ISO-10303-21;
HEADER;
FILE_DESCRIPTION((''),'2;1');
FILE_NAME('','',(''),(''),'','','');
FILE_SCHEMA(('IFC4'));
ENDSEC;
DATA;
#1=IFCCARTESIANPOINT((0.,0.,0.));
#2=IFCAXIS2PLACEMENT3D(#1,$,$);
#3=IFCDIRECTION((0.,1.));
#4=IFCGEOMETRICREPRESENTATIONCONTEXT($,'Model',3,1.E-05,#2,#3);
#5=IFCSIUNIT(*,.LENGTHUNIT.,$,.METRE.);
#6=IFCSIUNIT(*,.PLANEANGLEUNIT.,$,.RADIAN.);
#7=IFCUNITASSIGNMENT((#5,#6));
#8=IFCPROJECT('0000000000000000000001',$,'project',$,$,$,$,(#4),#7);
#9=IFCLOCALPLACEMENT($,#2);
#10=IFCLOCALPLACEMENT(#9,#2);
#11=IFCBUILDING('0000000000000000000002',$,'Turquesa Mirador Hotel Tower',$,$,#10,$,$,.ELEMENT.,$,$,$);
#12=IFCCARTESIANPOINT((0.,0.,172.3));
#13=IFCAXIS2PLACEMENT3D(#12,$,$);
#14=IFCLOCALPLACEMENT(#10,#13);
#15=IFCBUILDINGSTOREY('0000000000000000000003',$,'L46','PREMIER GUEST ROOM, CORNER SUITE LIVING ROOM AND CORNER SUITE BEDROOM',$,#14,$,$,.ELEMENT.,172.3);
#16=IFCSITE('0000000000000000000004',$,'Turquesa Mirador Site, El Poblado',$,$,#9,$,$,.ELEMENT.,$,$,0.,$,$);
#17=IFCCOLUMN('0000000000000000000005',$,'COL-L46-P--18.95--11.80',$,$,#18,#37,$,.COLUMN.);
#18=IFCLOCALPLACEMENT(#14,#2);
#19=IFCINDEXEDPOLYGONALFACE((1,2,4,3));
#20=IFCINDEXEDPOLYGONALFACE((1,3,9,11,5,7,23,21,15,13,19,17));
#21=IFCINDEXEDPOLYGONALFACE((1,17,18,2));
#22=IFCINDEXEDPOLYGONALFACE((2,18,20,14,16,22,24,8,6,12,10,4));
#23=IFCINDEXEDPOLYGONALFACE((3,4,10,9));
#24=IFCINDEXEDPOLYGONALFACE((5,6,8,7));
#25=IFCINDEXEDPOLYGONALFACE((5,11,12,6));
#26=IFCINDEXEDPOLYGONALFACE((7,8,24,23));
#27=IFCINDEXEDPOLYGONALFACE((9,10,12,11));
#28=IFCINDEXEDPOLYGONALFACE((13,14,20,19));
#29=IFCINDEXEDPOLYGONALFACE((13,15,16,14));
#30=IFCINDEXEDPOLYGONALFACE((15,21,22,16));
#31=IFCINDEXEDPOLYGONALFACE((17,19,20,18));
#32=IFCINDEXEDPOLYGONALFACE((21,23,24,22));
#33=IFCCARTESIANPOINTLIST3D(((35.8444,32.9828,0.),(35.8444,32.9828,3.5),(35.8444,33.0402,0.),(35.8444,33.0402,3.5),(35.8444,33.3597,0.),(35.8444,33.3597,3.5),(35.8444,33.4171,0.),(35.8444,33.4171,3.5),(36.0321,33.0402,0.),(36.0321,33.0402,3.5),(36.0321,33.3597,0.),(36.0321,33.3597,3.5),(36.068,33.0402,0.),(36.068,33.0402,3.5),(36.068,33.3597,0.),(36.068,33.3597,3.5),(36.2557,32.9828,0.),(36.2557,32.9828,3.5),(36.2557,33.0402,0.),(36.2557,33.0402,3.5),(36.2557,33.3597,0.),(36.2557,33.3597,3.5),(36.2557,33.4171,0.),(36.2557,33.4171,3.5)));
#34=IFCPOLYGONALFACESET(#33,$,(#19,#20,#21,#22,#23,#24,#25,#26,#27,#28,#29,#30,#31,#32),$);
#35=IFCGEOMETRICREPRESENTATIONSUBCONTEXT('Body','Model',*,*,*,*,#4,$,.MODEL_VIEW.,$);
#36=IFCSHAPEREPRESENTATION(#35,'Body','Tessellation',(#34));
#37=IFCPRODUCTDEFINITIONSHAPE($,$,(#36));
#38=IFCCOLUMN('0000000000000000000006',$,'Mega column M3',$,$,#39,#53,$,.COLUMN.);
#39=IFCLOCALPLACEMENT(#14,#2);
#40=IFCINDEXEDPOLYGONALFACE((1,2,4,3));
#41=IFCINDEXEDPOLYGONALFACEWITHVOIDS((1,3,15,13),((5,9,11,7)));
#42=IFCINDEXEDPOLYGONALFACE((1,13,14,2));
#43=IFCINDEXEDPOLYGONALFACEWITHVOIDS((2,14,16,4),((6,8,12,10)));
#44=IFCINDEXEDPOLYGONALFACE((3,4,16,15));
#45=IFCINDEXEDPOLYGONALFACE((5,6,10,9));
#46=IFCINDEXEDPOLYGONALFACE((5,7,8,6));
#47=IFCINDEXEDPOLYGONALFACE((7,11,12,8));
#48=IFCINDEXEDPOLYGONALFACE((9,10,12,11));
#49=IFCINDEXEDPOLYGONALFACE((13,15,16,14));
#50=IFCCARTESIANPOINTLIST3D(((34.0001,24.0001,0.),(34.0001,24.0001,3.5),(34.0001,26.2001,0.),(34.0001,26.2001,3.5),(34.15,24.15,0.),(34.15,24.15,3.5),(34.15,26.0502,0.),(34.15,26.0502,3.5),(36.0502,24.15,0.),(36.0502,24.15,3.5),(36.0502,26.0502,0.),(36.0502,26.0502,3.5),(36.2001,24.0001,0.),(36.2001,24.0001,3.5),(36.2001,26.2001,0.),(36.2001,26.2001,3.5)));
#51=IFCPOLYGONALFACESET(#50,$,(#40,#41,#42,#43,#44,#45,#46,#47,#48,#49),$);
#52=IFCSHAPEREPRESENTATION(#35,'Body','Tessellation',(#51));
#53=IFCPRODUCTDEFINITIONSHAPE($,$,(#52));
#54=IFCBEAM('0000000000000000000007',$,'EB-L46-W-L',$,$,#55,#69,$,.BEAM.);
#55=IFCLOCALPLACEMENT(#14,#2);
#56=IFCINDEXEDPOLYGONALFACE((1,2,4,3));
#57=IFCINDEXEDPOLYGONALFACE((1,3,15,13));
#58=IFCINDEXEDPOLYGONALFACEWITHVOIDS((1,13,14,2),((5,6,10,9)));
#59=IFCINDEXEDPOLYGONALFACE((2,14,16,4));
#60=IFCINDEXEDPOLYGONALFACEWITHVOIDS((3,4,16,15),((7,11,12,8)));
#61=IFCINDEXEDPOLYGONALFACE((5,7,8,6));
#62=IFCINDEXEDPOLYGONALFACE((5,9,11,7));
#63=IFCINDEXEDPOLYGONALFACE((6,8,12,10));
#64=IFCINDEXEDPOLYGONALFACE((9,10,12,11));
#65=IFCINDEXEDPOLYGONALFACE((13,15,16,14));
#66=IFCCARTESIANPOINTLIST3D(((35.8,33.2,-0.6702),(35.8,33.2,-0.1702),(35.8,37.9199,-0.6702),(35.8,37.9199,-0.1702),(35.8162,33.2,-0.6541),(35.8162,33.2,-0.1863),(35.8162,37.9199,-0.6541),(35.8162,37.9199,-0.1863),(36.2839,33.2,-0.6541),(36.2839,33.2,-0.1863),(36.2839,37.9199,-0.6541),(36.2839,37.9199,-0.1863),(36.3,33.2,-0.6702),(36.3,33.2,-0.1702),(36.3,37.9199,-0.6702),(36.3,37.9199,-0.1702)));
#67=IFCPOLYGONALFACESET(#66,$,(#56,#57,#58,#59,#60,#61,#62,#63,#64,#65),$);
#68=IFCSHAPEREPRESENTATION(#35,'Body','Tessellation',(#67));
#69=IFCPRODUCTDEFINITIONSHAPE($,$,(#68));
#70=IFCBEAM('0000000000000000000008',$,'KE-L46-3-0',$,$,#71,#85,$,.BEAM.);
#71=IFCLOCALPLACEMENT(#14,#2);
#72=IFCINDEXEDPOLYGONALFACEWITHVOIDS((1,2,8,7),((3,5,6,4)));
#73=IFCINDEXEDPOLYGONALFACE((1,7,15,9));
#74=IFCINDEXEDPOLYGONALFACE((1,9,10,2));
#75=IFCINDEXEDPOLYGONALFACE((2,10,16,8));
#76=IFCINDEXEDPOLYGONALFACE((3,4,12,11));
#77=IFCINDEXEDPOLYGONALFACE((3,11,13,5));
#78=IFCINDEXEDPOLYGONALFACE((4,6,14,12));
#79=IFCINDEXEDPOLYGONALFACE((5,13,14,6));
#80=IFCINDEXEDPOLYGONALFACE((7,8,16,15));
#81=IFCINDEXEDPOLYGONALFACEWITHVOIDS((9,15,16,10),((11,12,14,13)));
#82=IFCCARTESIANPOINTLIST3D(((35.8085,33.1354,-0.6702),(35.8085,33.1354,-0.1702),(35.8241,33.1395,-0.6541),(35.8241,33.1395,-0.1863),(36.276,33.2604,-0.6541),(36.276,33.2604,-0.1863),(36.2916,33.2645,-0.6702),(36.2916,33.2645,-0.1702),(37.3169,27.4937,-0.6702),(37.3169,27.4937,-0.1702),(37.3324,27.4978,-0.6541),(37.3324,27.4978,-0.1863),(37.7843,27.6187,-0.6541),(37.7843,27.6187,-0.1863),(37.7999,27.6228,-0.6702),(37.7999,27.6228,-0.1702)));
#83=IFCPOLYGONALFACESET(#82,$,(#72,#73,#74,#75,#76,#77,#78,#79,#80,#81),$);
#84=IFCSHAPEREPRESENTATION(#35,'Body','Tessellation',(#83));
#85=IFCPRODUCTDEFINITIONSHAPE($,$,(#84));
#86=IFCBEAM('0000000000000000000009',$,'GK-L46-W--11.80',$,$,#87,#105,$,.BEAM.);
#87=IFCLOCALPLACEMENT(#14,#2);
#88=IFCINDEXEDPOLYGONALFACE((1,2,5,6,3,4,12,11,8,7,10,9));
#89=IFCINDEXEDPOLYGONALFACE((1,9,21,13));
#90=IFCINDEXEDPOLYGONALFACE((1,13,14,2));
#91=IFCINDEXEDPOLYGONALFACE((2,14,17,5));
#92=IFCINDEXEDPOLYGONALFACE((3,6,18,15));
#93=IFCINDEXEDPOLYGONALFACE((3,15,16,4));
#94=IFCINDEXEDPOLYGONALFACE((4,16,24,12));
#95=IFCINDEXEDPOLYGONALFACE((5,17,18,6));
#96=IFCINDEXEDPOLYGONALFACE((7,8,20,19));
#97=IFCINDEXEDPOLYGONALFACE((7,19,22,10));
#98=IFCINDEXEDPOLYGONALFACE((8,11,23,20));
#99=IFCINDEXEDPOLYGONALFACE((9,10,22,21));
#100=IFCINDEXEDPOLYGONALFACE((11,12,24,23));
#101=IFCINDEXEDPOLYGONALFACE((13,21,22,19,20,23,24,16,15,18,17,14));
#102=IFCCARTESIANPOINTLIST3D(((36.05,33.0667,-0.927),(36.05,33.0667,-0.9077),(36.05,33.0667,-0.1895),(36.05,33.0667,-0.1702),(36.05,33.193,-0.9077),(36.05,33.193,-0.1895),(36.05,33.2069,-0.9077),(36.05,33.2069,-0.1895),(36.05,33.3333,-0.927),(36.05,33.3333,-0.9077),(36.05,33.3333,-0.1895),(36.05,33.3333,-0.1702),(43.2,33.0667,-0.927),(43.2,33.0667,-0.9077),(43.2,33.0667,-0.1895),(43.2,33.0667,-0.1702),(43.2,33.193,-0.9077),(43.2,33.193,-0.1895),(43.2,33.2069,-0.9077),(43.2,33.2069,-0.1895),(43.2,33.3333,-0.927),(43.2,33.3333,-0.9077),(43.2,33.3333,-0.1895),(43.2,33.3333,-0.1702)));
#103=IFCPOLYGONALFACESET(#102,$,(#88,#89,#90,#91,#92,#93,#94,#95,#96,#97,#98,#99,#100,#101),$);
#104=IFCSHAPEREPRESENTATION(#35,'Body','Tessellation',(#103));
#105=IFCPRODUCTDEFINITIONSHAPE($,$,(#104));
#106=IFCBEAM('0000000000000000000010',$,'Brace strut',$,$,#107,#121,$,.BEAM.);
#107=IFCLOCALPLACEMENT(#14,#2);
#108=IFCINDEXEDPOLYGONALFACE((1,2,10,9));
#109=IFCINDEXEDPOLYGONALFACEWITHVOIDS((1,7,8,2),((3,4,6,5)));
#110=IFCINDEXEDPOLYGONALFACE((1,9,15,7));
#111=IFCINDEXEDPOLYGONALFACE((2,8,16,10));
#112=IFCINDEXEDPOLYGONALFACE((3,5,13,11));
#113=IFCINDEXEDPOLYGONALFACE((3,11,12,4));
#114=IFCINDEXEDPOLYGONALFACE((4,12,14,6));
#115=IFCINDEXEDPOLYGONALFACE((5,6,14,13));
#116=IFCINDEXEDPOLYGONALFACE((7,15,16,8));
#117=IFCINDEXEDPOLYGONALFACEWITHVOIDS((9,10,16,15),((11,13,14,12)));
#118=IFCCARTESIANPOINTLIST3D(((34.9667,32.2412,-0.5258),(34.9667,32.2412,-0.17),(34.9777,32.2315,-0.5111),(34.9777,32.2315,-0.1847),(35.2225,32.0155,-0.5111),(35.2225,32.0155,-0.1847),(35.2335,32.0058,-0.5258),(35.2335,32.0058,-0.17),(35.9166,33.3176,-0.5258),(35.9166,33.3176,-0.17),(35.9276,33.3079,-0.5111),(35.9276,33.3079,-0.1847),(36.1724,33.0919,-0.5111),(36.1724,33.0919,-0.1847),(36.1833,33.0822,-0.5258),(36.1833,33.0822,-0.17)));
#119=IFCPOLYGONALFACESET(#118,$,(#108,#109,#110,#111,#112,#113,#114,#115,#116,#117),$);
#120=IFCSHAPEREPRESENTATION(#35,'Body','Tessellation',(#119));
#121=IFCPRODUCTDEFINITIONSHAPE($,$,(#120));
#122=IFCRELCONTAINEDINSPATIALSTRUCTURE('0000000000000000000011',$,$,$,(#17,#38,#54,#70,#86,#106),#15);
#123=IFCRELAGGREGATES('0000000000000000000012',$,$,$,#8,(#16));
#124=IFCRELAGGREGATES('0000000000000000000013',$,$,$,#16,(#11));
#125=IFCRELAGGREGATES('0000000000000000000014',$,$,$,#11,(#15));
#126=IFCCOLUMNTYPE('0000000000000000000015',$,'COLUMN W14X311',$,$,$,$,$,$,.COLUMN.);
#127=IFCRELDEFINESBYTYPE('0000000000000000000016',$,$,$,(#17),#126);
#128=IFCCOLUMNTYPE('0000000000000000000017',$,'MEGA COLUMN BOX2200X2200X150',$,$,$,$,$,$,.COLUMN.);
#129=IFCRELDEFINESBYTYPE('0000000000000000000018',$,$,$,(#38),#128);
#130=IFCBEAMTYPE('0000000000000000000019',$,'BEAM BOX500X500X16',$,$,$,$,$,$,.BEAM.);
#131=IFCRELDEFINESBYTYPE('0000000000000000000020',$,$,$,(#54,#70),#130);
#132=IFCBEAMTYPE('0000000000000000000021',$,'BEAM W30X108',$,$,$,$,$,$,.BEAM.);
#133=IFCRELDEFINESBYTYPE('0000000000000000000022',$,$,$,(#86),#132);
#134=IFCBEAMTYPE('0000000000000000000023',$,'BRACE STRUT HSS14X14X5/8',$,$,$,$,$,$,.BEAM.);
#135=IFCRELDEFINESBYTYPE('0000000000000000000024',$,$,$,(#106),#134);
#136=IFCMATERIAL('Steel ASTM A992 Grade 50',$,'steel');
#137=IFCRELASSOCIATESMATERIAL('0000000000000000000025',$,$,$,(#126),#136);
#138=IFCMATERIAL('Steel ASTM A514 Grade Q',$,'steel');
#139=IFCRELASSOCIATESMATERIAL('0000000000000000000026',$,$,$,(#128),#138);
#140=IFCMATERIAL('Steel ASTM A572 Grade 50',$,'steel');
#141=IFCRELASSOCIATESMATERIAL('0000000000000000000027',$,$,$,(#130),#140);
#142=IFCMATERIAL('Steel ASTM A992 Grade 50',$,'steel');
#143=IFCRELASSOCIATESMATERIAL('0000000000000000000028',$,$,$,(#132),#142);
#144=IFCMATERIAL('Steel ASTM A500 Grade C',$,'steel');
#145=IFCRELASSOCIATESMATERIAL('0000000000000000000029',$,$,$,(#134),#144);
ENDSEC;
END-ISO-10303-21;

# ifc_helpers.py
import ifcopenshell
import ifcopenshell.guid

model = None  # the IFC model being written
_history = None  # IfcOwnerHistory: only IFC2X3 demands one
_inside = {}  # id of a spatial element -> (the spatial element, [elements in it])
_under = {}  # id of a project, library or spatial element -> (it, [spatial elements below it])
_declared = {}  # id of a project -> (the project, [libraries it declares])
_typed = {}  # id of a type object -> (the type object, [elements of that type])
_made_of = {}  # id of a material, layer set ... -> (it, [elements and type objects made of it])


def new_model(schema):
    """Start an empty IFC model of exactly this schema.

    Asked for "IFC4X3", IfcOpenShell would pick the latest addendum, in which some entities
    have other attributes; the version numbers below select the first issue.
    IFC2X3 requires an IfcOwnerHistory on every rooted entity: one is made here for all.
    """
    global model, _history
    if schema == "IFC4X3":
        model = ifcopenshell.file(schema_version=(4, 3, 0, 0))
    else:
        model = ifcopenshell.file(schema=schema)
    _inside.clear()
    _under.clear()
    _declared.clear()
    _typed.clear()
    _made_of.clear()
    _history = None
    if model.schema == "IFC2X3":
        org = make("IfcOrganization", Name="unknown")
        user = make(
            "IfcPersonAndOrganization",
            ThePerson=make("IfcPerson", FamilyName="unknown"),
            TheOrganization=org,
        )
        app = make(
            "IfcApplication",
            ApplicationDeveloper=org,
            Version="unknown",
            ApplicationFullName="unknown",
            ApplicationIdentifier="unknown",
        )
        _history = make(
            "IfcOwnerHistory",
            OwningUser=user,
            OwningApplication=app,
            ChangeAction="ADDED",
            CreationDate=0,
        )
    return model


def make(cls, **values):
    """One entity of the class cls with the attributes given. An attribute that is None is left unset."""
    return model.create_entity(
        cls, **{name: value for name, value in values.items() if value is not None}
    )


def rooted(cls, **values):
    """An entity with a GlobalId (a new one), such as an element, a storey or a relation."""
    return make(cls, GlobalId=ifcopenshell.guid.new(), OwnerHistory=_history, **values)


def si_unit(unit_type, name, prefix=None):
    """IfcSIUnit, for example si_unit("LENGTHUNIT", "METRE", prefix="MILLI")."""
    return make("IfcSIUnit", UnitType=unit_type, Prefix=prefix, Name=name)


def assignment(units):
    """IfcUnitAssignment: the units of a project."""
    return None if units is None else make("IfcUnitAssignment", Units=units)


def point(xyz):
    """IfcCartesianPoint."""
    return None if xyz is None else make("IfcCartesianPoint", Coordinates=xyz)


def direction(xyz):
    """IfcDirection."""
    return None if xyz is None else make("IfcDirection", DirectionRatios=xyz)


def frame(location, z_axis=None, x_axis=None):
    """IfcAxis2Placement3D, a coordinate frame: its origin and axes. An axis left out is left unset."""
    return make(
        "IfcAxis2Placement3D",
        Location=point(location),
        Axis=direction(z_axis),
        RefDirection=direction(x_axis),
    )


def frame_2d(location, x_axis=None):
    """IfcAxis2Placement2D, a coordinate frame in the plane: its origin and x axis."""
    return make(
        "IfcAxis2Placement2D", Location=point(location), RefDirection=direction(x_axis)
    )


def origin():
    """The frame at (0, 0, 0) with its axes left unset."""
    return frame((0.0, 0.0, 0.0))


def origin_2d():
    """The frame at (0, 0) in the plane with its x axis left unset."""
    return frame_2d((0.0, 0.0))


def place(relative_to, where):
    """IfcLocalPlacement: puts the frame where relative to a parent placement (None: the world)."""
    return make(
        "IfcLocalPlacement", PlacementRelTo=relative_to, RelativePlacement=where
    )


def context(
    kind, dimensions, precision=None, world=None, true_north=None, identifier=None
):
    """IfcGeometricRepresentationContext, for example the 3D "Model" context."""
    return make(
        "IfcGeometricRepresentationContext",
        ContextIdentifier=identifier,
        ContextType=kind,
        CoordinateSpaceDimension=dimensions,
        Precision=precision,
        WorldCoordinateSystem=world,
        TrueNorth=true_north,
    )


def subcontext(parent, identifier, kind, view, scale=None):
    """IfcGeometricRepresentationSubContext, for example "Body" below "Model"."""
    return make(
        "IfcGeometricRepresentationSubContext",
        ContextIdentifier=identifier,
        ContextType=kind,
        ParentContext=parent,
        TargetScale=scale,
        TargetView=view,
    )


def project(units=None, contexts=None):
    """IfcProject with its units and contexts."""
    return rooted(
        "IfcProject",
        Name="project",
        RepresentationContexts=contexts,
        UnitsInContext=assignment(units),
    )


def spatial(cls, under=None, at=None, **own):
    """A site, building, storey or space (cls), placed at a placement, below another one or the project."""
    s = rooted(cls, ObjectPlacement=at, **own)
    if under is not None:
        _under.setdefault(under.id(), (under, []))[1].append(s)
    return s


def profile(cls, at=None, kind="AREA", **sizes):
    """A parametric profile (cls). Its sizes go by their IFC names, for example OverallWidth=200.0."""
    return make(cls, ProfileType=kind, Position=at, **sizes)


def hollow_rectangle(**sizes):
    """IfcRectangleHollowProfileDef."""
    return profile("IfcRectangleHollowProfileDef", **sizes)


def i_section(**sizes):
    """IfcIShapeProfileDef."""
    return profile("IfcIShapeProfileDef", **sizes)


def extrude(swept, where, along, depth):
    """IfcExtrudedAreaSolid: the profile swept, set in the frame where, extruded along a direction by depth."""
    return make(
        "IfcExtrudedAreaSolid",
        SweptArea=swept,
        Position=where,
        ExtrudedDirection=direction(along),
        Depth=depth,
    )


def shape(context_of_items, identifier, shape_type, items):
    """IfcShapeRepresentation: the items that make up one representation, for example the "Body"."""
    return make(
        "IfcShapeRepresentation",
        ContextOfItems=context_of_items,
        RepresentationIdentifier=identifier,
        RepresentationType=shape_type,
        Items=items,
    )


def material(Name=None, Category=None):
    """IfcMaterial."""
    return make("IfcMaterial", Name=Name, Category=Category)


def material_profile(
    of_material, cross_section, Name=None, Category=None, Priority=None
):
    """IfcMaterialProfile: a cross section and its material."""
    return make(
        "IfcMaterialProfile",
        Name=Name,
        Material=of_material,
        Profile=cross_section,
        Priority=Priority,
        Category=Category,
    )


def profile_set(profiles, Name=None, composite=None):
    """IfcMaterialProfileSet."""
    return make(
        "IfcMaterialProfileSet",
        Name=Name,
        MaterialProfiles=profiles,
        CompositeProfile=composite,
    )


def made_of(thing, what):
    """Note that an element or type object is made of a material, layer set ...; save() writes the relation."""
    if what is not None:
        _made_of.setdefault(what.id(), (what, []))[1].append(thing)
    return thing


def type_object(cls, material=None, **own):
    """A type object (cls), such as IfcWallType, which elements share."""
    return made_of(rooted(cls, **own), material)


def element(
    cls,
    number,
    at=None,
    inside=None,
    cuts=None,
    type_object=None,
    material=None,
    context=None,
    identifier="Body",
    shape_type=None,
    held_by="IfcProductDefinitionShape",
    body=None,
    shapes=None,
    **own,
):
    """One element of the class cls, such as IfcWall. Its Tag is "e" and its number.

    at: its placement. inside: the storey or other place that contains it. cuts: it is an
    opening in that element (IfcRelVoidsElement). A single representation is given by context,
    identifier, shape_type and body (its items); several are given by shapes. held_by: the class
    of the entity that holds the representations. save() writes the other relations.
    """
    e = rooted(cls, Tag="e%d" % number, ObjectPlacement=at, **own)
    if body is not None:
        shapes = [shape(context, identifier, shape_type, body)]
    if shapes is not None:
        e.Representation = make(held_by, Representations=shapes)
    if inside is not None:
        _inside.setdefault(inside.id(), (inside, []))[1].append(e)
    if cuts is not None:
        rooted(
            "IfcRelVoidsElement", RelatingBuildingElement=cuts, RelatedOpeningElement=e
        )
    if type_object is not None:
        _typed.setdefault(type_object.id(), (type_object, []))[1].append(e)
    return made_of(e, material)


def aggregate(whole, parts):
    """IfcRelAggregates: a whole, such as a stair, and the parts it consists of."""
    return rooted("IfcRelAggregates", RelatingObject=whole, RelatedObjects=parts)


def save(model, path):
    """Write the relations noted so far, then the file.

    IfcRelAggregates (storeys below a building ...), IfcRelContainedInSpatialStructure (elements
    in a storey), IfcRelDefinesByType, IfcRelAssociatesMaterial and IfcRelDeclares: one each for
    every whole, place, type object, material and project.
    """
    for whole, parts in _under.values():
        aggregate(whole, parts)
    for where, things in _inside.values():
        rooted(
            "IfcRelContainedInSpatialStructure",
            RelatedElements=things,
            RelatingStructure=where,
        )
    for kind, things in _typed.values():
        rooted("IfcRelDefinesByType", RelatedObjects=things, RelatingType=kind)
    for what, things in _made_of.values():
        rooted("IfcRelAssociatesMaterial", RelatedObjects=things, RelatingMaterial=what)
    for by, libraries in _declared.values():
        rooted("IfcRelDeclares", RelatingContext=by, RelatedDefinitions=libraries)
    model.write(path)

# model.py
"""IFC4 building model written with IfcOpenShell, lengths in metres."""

from ifc_helpers import new_model, si_unit, direction, frame, origin, origin_2d, place, context, subcontext, project, spatial, hollow_rectangle, i_section, extrude, material, material_profile, profile_set, type_object, element, save


model = new_model("IFC4")

# Units and contexts
model_context = context("Model", 3, precision=1e-05, world=origin(), true_north=direction((0.0, 1.0)))
body_context = subcontext(model_context, "Body", "Model", "MODEL_VIEW")
ifc_project = project(units=[si_unit("LENGTHUNIT", "METRE"), si_unit("PLANEANGLEUNIT", "RADIAN")], contexts=[model_context])

# Site, building, storey
site_placement = place(None, origin())
site = spatial("IfcSite", under=ifc_project, at=site_placement, Name="Turquesa Mirador Site, El Poblado", CompositionType="ELEMENT", RefElevation=0.0)
building_placement = place(site_placement, origin())
building = spatial("IfcBuilding", under=site, at=building_placement, Name="Turquesa Mirador Hotel Tower", CompositionType="ELEMENT")
storey_placement = place(building_placement, frame((0.0, 0.0, 172.3)))
storey = spatial("IfcBuildingStorey", under=building, at=storey_placement, Name="L46", Description="PREMIER GUEST ROOM, CORNER SUITE LIVING ROOM AND CORNER SUITE BEDROOM", CompositionType="ELEMENT", Elevation=172.3)

# Columns
ifc_material_1 = material(Name="Steel ASTM A992 Grade 50", Category="steel")
ifc_material_profile_1 = material_profile(ifc_material_1, i_section(OverallWidth=0.4114, OverallDepth=0.4343, WebThickness=0.0359, FlangeThickness=0.0574, at=origin_2d()), Name="W14X311")
ifc_profile_set_1 = profile_set([ifc_material_profile_1], Name="Steel ASTM A992 Grade 50")
column_type_1 = type_object("IfcColumnType", Name="COLUMN W14X311", PredefinedType="COLUMN", material=ifc_profile_set_1)
column_1_placement = place(storey_placement, frame((36.05, 33.2, 0.0), z_axis=(0.0, 0.0, 1.0), x_axis=(1.0, 0.0, 0.0)))
element("IfcColumn", 1, at=column_1_placement, inside=storey, type_object=column_type_1, Name="COL-L46-P--18.95--11.80", PredefinedType="COLUMN", context=body_context, shape_type="SweptSolid", body=[
    extrude(i_section(OverallWidth=0.4114, OverallDepth=0.4343, WebThickness=0.0359, FlangeThickness=0.0574, at=origin_2d()), origin(), (0.0, 0.0, 1.0), 3.5),
])
ifc_material_2 = material(Name="Steel ASTM A514 Grade Q", Category="steel")
ifc_material_profile_2 = material_profile(ifc_material_2, hollow_rectangle(XDim=2.2, YDim=2.2, WallThickness=0.1499, at=origin_2d()), Name="BOX2200X2200X150")
ifc_profile_set_2 = profile_set([ifc_material_profile_2], Name="Steel ASTM A514 Grade Q")
column_type_2 = type_object("IfcColumnType", Name="MEGA COLUMN BOX2200X2200X150", PredefinedType="COLUMN", material=ifc_profile_set_2)
column_2_placement = place(storey_placement, frame((35.1001, 25.1001, 0.0), z_axis=(0.0, 0.0, 1.0), x_axis=(1.0, 0.0, 0.0)))
element("IfcColumn", 2, at=column_2_placement, inside=storey, type_object=column_type_2, Name="Mega column M3", PredefinedType="COLUMN", context=body_context, shape_type="SweptSolid", body=[
    extrude(hollow_rectangle(XDim=2.2, YDim=2.2, WallThickness=0.1499, at=origin_2d()), origin(), (0.0, 0.0, 1.0), 3.5),
])

# Beams
ifc_material_3 = material(Name="Steel ASTM A572 Grade 50", Category="steel")
ifc_material_profile_3 = material_profile(ifc_material_3, hollow_rectangle(XDim=0.5, YDim=0.5, WallThickness=0.0161, at=origin_2d()), Name="BOX500X500X16")
ifc_profile_set_3 = profile_set([ifc_material_profile_3], Name="Steel ASTM A572 Grade 50")
beam_type_1 = type_object("IfcBeamType", Name="BEAM BOX500X500X16", PredefinedType="BEAM", material=ifc_profile_set_3)
beam_1_placement = place(storey_placement, frame((36.05, 33.2, -0.4202), z_axis=(0.0, 1.0, 0.0), x_axis=(-1.0, 0.0, 0.0)))
element("IfcBeam", 3, at=beam_1_placement, inside=storey, type_object=beam_type_1, Name="EB-L46-W-L", PredefinedType="BEAM", context=body_context, shape_type="SweptSolid", body=[
    extrude(hollow_rectangle(XDim=0.5, YDim=0.5, WallThickness=0.0161, at=origin_2d()), origin(), (0.0, 0.0, 1.0), 4.72),
])
beam_2_placement = place(storey_placement, frame((36.05, 33.2, -0.4202), z_axis=(0.258282, -0.96607, 0.0), x_axis=(0.96607, 0.258282, 0.0)))
element("IfcBeam", 4, at=beam_2_placement, inside=storey, type_object=beam_type_1, Name="KE-L46-3-0", PredefinedType="BEAM", context=body_context, shape_type="SweptSolid", body=[
    extrude(hollow_rectangle(XDim=0.5, YDim=0.5, WallThickness=0.0161, at=origin_2d()), origin(), (0.0, 0.0, 1.0), 5.8398),
])
ifc_material_4 = material(Name="Steel ASTM A992 Grade 50", Category="steel")
ifc_material_profile_4 = material_profile(ifc_material_4, i_section(OverallWidth=0.2666, OverallDepth=0.7568, WebThickness=0.0139, FlangeThickness=0.0193, at=origin_2d()), Name="W30X108")
ifc_profile_set_4 = profile_set([ifc_material_profile_4], Name="Steel ASTM A992 Grade 50")
beam_type_2 = type_object("IfcBeamType", Name="BEAM W30X108", PredefinedType="BEAM", material=ifc_profile_set_4)
beam_3_placement = place(storey_placement, frame((36.05, 33.2, -0.5486), z_axis=(1.0, 0.0, 0.0), x_axis=(0.0, 1.0, 0.0)))
element("IfcBeam", 5, at=beam_3_placement, inside=storey, type_object=beam_type_2, Name="GK-L46-W--11.80", PredefinedType="BEAM", context=body_context, shape_type="SweptSolid", body=[
    extrude(i_section(OverallWidth=0.2666, OverallDepth=0.7568, WebThickness=0.0139, FlangeThickness=0.0193, at=origin_2d()), origin(), (0.0, 0.0, 1.0), 7.1499),
])
ifc_material_5 = material(Name="Steel ASTM A500 Grade C", Category="steel")
ifc_material_profile_5 = material_profile(ifc_material_5, hollow_rectangle(XDim=0.3557, YDim=0.3557, WallThickness=0.0146, at=origin_2d()), Name="HSS14X14X5/8")
ifc_profile_set_5 = profile_set([ifc_material_profile_5], Name="Steel ASTM A500 Grade C")
beam_type_3 = type_object("IfcBeamType", Name="BRACE STRUT HSS14X14X5/8", PredefinedType="BEAM", material=ifc_profile_set_5)
beam_4_placement = place(storey_placement, frame((35.1001, 32.1235, -0.3479), z_axis=(0.661689, 0.749778, 0.0), x_axis=(-0.749778, 0.661689, 0.0)))
element("IfcBeam", 6, at=beam_4_placement, inside=storey, type_object=beam_type_3, Name="Brace strut", PredefinedType="BEAM", context=body_context, shape_type="SweptSolid", body=[
    extrude(hollow_rectangle(XDim=0.3557, YDim=0.3557, WallThickness=0.0146, at=origin_2d()), origin(), (0.0, 0.0, 1.0), 1.4355),
])

save(model, "model.ifc")
